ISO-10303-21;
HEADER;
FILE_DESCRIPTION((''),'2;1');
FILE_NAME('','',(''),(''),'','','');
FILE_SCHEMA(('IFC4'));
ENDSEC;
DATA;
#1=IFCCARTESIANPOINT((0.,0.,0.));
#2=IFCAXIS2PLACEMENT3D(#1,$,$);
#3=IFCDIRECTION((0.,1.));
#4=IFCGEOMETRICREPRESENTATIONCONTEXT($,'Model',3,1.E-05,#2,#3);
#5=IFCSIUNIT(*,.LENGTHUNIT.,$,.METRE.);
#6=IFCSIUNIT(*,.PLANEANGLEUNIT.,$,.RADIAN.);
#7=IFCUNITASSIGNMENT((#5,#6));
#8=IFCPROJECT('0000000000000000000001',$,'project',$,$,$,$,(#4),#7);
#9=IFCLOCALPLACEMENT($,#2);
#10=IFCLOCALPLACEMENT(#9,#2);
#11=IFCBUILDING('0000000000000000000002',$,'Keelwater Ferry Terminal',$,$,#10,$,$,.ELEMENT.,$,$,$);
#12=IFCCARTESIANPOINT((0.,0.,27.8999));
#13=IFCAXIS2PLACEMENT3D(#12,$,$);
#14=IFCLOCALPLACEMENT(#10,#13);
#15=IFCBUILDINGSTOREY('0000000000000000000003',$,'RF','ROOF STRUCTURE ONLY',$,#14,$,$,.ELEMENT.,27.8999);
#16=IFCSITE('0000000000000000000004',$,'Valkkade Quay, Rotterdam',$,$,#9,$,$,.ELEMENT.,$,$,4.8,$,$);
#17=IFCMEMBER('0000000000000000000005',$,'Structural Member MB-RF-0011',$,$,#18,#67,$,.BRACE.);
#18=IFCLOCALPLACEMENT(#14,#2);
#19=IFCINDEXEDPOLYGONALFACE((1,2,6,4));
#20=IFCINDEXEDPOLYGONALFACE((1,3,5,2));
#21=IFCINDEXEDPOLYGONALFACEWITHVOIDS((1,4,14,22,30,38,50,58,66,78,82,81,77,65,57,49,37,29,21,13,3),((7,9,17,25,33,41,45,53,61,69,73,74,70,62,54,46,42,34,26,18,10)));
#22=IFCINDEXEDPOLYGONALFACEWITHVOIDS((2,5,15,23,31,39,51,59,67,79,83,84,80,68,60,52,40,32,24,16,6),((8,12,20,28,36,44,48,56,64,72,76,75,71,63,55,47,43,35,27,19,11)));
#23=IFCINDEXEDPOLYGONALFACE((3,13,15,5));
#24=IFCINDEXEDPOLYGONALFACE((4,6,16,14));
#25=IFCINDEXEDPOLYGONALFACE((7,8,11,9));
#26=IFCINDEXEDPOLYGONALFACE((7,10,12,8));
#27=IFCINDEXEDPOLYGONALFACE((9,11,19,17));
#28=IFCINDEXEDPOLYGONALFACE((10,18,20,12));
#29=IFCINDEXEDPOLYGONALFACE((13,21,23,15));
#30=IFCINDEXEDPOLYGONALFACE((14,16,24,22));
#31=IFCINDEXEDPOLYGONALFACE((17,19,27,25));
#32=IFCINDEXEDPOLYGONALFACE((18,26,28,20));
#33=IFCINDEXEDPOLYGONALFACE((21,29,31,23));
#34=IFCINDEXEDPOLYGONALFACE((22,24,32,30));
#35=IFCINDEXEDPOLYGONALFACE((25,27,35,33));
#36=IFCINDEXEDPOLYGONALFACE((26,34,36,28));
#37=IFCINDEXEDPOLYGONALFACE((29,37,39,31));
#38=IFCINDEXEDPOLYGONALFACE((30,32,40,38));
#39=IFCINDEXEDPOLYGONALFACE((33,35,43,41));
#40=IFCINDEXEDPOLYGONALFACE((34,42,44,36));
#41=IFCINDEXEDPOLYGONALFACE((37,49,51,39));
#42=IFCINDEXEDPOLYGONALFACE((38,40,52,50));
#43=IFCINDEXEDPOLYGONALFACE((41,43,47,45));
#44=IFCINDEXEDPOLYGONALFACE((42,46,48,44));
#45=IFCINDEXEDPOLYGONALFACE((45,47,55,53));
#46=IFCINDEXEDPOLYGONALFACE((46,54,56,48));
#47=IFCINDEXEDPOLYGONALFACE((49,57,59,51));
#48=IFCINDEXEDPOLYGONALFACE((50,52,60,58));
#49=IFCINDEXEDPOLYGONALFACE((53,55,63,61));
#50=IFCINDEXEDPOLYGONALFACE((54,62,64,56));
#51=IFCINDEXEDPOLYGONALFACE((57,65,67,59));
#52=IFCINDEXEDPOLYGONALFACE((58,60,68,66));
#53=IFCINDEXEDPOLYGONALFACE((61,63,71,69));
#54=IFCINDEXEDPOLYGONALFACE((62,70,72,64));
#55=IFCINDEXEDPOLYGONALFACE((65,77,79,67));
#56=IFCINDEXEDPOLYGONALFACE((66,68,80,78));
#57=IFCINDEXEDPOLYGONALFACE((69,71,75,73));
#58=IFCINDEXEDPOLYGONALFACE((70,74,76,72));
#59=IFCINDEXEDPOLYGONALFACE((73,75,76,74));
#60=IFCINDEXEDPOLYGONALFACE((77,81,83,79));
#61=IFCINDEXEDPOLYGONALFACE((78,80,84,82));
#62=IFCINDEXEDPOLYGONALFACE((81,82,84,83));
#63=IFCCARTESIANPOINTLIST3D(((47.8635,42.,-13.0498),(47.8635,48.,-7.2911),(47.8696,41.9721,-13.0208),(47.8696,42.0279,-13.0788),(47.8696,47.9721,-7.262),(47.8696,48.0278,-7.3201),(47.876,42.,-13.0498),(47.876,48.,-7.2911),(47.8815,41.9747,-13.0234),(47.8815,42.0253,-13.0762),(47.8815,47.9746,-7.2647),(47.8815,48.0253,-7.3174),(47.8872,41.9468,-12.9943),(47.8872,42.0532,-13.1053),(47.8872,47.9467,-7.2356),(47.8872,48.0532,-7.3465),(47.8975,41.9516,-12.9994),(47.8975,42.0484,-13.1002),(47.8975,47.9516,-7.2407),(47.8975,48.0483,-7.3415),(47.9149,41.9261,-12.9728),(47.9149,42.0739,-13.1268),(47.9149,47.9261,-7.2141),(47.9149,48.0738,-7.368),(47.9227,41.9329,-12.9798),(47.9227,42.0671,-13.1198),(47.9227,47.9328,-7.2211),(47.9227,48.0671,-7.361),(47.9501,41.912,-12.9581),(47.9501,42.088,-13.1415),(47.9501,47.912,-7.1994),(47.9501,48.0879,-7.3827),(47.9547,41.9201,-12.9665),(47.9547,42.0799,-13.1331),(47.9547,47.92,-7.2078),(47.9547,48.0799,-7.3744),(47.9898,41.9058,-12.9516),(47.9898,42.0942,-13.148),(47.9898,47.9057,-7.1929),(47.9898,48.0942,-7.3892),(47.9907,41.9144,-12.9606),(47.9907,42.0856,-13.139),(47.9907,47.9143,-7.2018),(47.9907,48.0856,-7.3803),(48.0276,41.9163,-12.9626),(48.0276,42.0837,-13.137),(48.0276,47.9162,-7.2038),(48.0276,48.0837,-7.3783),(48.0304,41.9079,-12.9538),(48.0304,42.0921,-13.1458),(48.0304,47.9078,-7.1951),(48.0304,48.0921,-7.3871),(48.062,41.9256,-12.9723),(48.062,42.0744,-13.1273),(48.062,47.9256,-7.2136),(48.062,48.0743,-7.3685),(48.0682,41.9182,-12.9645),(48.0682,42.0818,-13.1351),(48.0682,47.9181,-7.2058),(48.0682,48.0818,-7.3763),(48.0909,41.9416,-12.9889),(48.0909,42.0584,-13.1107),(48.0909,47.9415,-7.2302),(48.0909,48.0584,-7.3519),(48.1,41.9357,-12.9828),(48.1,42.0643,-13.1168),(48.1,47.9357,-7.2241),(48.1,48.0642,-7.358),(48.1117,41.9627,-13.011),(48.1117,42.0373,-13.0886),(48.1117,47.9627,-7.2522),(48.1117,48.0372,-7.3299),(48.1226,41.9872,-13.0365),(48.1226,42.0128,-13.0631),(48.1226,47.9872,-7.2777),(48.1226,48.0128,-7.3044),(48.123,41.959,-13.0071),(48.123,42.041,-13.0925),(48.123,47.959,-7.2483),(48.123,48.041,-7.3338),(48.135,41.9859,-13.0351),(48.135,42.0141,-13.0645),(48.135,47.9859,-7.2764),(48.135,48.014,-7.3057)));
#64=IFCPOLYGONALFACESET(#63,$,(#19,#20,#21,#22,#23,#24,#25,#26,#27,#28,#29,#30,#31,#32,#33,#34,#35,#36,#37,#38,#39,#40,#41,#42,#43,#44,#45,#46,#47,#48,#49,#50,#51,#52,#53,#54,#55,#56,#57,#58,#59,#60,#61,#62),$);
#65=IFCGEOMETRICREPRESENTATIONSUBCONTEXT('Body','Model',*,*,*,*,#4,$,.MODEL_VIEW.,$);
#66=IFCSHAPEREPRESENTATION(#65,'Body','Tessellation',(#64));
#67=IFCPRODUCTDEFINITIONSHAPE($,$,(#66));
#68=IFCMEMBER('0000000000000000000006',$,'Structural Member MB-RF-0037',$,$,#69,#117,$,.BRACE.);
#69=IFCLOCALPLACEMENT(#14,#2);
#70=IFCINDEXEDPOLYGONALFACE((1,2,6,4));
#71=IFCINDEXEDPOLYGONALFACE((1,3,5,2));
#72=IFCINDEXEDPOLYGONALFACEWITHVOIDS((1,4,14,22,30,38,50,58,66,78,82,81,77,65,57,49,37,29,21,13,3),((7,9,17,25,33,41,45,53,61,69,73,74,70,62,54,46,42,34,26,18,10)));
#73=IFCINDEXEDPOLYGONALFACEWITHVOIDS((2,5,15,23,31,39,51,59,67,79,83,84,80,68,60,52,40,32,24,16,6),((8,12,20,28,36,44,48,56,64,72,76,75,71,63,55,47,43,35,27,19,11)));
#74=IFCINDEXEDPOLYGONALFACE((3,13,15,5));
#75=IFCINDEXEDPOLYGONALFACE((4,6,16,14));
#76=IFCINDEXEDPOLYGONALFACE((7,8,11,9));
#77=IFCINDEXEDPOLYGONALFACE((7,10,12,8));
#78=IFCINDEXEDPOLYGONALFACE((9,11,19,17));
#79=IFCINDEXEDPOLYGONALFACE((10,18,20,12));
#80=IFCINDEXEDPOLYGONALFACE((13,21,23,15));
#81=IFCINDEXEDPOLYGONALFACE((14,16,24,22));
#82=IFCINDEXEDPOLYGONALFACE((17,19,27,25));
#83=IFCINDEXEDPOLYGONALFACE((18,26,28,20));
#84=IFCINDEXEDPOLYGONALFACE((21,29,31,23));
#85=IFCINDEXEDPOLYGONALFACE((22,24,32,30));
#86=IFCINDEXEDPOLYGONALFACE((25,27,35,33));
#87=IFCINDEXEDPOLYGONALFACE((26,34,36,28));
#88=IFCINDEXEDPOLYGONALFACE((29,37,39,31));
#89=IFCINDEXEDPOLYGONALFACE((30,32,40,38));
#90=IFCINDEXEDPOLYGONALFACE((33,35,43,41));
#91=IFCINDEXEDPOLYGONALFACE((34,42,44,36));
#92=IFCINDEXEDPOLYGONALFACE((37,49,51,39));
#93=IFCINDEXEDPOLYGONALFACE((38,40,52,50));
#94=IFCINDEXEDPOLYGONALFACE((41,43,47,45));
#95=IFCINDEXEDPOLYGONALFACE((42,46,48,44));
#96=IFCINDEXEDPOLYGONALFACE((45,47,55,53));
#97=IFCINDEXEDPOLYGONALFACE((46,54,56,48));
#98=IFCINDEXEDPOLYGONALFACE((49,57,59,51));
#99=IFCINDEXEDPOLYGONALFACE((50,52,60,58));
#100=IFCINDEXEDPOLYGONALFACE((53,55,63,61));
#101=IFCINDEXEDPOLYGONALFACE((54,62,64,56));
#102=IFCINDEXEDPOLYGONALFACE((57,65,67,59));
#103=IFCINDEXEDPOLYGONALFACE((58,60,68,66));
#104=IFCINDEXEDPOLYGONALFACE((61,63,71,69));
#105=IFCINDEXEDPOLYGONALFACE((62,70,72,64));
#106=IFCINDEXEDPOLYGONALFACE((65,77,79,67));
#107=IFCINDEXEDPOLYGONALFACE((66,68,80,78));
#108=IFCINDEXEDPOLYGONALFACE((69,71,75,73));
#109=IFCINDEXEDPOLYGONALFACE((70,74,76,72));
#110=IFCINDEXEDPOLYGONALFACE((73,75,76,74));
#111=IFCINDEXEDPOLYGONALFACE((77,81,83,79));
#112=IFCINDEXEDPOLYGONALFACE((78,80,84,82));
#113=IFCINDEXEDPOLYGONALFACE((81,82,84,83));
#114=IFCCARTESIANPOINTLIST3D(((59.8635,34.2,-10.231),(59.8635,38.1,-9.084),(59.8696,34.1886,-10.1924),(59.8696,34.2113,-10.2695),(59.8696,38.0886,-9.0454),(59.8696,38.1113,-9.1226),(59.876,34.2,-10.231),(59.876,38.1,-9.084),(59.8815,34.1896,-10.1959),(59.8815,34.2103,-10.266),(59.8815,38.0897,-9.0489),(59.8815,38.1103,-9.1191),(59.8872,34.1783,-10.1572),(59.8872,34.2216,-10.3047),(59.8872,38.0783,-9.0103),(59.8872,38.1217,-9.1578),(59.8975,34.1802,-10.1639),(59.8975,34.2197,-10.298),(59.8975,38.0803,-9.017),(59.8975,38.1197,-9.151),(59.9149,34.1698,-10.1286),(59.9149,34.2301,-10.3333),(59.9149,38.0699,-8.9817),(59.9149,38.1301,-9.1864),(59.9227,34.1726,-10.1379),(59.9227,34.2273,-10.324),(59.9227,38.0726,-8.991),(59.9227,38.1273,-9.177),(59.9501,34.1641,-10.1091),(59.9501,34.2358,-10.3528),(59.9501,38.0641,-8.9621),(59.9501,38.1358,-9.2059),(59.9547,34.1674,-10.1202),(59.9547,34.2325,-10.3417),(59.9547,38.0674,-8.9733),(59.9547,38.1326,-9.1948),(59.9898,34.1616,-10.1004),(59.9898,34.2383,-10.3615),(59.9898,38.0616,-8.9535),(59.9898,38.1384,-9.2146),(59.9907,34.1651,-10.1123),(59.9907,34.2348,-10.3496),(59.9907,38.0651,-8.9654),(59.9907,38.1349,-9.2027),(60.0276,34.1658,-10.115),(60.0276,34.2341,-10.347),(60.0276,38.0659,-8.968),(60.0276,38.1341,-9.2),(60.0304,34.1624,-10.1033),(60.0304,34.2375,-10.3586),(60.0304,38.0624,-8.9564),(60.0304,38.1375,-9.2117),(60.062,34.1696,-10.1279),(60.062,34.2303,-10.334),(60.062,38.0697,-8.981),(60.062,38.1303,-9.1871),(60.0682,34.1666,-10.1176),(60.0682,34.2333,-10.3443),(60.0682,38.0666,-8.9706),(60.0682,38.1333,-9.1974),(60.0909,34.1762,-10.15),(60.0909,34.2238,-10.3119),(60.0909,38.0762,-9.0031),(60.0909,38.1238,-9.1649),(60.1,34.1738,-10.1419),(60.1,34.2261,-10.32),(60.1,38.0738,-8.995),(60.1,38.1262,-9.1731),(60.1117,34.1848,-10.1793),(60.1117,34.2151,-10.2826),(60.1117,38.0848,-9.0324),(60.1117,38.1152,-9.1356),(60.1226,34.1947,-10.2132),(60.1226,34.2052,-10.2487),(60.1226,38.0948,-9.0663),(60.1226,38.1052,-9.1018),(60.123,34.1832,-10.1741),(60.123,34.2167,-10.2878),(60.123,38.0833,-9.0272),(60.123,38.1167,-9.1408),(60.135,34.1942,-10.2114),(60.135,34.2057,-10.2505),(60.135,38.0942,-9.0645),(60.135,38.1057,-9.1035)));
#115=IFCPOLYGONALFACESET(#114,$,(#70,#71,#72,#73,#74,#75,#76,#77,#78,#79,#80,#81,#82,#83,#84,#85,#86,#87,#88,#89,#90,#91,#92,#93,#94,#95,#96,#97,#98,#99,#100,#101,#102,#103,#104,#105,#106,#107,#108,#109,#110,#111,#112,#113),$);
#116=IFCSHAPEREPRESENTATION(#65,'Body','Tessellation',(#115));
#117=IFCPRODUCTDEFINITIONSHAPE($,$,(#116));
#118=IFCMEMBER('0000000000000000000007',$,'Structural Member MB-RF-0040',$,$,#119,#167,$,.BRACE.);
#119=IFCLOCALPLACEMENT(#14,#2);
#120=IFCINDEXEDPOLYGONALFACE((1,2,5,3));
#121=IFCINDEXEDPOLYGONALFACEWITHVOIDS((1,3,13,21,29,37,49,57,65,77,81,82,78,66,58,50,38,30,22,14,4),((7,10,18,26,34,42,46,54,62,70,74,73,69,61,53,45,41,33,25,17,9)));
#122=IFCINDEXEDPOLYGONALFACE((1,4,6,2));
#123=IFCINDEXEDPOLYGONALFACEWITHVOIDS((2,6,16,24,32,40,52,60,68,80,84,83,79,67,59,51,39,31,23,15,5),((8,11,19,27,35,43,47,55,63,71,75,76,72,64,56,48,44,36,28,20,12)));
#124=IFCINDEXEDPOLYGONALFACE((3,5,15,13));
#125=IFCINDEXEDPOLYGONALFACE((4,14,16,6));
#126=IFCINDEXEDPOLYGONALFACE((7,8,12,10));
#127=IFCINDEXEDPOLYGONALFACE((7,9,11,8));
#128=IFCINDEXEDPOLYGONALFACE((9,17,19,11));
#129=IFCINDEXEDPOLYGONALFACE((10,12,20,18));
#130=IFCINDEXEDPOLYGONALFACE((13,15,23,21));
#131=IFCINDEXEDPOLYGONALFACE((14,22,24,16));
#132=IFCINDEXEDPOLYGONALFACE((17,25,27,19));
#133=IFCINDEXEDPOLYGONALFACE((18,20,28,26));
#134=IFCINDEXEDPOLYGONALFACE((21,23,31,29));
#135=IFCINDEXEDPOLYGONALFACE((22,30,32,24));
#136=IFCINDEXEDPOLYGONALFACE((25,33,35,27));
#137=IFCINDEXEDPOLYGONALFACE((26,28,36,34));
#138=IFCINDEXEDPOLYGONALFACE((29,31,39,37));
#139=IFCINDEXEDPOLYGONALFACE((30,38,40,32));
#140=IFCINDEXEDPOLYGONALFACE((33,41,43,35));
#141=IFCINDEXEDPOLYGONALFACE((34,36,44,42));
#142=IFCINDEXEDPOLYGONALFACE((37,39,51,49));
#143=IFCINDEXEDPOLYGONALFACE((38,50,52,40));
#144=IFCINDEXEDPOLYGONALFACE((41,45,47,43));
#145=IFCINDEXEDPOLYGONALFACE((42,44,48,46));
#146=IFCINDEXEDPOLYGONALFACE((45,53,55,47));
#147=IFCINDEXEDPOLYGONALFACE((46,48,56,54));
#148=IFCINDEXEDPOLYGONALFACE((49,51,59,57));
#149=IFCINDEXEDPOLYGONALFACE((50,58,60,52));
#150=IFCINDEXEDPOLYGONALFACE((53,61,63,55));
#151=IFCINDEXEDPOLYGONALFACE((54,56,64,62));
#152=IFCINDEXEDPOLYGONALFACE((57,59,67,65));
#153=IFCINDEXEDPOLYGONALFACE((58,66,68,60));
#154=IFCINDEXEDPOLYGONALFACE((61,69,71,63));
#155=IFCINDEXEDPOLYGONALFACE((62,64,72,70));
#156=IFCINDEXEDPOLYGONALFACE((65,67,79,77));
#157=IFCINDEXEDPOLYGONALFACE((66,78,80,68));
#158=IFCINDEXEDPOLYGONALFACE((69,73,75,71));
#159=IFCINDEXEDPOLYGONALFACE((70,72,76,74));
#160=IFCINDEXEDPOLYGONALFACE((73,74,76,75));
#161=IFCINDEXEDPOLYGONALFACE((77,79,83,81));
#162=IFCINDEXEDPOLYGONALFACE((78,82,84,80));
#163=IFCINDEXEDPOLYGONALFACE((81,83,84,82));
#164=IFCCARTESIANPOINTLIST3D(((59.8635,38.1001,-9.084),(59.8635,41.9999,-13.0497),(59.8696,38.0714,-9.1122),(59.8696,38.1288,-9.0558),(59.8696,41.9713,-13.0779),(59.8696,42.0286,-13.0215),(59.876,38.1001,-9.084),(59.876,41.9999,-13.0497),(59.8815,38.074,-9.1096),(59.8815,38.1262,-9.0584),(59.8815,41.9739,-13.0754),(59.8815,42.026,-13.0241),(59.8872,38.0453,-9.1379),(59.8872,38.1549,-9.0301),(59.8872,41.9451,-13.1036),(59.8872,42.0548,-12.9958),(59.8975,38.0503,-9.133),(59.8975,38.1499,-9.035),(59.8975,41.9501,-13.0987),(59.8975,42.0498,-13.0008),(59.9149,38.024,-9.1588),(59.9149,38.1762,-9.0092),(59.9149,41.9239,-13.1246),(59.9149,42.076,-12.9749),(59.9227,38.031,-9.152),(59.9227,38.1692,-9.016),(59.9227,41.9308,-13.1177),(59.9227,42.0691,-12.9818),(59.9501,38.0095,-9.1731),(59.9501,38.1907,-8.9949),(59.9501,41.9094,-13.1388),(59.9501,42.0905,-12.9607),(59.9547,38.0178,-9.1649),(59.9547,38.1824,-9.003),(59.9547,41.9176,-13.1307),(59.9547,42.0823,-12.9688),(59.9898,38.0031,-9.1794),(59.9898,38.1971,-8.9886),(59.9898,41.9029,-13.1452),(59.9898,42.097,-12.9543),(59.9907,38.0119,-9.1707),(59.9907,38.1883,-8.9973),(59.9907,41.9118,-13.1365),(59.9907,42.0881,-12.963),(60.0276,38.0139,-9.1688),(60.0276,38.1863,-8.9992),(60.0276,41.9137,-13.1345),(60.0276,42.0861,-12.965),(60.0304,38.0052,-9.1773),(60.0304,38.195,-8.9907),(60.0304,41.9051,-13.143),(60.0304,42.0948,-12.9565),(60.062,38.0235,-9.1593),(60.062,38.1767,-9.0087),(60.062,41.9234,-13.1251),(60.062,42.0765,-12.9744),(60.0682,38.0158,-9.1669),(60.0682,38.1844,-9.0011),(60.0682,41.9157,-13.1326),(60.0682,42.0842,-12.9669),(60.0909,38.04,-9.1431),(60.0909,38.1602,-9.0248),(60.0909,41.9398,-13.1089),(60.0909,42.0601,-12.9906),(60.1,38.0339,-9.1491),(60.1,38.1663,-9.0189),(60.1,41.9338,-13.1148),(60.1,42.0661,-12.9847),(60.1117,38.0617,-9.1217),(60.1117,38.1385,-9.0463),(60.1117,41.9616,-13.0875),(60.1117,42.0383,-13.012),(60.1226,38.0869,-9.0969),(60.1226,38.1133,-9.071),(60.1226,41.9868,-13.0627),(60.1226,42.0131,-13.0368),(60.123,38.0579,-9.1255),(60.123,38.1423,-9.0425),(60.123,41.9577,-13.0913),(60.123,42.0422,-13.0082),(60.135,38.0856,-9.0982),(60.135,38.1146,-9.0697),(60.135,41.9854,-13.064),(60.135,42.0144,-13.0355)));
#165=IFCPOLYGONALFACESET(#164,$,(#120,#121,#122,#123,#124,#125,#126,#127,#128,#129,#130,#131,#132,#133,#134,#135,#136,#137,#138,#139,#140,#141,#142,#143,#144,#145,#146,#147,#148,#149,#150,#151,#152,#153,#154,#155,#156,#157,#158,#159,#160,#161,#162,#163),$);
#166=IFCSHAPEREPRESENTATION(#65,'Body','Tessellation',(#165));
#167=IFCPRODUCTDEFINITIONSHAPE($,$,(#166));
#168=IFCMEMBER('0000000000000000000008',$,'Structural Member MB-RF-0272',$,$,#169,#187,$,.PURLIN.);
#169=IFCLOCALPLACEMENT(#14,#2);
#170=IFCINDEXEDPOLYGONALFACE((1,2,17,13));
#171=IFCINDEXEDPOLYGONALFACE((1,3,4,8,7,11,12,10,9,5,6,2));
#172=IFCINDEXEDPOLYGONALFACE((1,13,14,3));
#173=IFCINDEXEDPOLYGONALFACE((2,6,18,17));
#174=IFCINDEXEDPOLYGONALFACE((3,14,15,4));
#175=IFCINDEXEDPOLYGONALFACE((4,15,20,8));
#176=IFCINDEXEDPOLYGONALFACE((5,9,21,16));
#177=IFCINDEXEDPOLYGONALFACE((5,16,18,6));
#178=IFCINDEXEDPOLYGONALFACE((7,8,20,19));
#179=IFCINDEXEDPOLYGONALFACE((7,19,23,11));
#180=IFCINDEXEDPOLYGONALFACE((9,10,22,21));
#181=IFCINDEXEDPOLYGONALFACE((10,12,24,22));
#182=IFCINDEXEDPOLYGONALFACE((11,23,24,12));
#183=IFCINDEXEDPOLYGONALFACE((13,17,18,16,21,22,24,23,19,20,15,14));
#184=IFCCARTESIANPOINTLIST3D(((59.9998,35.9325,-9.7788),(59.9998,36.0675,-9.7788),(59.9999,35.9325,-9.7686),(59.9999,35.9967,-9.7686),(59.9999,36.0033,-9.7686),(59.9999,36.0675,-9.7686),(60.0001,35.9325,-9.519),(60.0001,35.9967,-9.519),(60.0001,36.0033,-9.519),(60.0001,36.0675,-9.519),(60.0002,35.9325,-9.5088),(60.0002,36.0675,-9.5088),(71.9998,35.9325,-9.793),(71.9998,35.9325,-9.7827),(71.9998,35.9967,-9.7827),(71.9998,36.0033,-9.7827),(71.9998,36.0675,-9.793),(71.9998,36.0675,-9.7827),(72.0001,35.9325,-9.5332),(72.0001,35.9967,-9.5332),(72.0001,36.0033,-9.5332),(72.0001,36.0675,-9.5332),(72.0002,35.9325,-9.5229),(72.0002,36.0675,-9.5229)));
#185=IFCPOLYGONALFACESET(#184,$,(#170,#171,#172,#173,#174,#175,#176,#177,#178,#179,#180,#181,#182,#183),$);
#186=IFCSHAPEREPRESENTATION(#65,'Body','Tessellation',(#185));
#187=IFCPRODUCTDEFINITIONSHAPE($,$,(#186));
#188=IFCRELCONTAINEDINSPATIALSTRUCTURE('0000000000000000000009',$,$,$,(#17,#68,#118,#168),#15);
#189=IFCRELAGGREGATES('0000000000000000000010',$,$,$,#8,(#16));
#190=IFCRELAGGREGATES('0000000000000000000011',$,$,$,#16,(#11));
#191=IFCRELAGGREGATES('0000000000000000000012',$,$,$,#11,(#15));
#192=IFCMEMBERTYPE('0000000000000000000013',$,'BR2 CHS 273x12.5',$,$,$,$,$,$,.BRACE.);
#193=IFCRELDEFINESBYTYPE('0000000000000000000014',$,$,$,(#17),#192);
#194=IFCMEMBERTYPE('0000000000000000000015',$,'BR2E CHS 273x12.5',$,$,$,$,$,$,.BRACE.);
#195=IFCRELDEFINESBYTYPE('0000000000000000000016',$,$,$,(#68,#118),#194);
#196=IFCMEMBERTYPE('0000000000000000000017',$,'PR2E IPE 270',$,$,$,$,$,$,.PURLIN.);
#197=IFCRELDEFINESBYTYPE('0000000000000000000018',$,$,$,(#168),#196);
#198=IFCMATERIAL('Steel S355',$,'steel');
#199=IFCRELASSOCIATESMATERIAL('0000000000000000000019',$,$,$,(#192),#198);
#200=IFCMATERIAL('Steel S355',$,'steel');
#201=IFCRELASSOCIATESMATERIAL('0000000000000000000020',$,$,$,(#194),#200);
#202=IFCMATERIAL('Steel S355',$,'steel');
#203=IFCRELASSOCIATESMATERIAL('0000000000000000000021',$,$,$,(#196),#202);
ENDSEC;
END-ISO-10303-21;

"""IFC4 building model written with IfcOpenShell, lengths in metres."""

from ifc_helpers import new_model, si_unit, direction, frame, origin, origin_2d, place, context, subcontext, project, spatial, hollow_circle, i_section, extrude, material, material_profile, profile_set, type_object, element, save


model = new_model("IFC4")

# Units and contexts
model_context = context("Model", 3, precision=1e-05, world=origin(), true_north=direction((0.0, 1.0)))
body_context = subcontext(model_context, "Body", "Model", "MODEL_VIEW")
ifc_project = project(units=[si_unit("LENGTHUNIT", "METRE"), si_unit("PLANEANGLEUNIT", "RADIAN")], contexts=[model_context])

# Site, building, storey
site_placement = place(None, origin())
site = spatial("IfcSite", under=ifc_project, at=site_placement, Name="Valkkade Quay, Rotterdam", CompositionType="ELEMENT", RefElevation=4.8)
building_placement = place(site_placement, origin())
building = spatial("IfcBuilding", under=site, at=building_placement, Name="Keelwater Ferry Terminal", CompositionType="ELEMENT")
storey_placement = place(building_placement, frame((0.0, 0.0, 27.8999)))
storey = spatial("IfcBuildingStorey", under=building, at=storey_placement, Name="RF", Description="ROOF STRUCTURE ONLY", CompositionType="ELEMENT", Elevation=27.8999)

# Members
ifc_material_1 = material(Name="Steel S355", Category="steel")
ifc_material_profile_1 = material_profile(ifc_material_1, hollow_circle(Radius=0.1365, WallThickness=0.0125, at=origin_2d()), Name="CHS 273x12.5")
ifc_profile_set_1 = profile_set([ifc_material_profile_1], Name="Steel S355")
member_type_1 = type_object("IfcMemberType", Name="BR2 CHS 273x12.5", PredefinedType="BRACE", material=ifc_profile_set_1)
member_1_placement = place(storey_placement, frame((48.0, 42.0, -13.0498), z_axis=(0.0, 0.72146, 0.692456), x_axis=(-1.0, 0.0, 0.0)))
element("IfcMember", 1, at=member_1_placement, inside=storey, type_object=member_type_1, Name="Structural Member MB-RF-0011", PredefinedType="BRACE", context=body_context, shape_type="SweptSolid", body=[
    extrude(hollow_circle(Radius=0.1365, WallThickness=0.0125, at=origin_2d()), origin(), (0.0, 0.0, 1.0), 8.3164),
])
ifc_material_2 = material(Name="Steel S355", Category="steel")
ifc_material_profile_2 = material_profile(ifc_material_2, hollow_circle(Radius=0.1365, WallThickness=0.0125, at=origin_2d()), Name="CHS 273x12.5")
ifc_profile_set_2 = profile_set([ifc_material_profile_2], Name="Steel S355")
member_type_2 = type_object("IfcMemberType", Name="BR2E CHS 273x12.5", PredefinedType="BRACE", material=ifc_profile_set_2)
member_2_placement = place(storey_placement, frame((60.0, 34.2, -10.231), z_axis=(0.0, 0.959374, 0.282137), x_axis=(-1.0, 0.0, 0.0)))
element("IfcMember", 2, at=member_2_placement, inside=storey, type_object=member_type_2, Name="Structural Member MB-RF-0037", PredefinedType="BRACE", context=body_context, shape_type="SweptSolid", body=[
    extrude(hollow_circle(Radius=0.1365, WallThickness=0.0125, at=origin_2d()), origin(), (0.0, 0.0, 1.0), 4.0652),
])
member_3_placement = place(storey_placement, frame((60.0, 38.1001, -9.084), z_axis=(0.0, 0.701156, -0.713008), x_axis=(-1.0, 0.0, 0.0)))
element("IfcMember", 3, at=member_3_placement, inside=storey, type_object=member_type_2, Name="Structural Member MB-RF-0040", PredefinedType="BRACE", context=body_context, shape_type="SweptSolid", body=[
    extrude(hollow_circle(Radius=0.1365, WallThickness=0.0125, at=origin_2d()), origin(), (0.0, 0.0, 1.0), 5.562),
])
ifc_material_3 = material(Name="Steel S355", Category="steel")
ifc_material_profile_3 = material_profile(ifc_material_3, i_section(OverallWidth=0.135, OverallDepth=0.27, WebThickness=0.0066, FlangeThickness=0.0103, at=origin_2d()), Name="IPE 270")
ifc_profile_set_3 = profile_set([ifc_material_profile_3], Name="Steel S355")
member_type_3 = type_object("IfcMemberType", Name="PR2E IPE 270", PredefinedType="PURLIN", material=ifc_profile_set_3)
for number, where, z_axis, x_axis, name in (
    (4, (60.0, 36.0, -9.6438), (0.999999, 0.0, -0.00118), (0.0, 1.0, 0.0), "Structural Member MB-RF-0272"),
):
    element("IfcMember", number, at=place(storey_placement, frame(where, z_axis=z_axis, x_axis=x_axis)), inside=storey, type_object=member_type_3, Name=name, PredefinedType="PURLIN", context=body_context, shape_type="SweptSolid", body=[
        extrude(i_section(OverallWidth=0.135, OverallDepth=0.27, WebThickness=0.0066, FlangeThickness=0.0103, at=origin_2d()), origin(), (0.0, 0.0, 1.0), 12.0),
    ])

save(model, "model.ifc")
